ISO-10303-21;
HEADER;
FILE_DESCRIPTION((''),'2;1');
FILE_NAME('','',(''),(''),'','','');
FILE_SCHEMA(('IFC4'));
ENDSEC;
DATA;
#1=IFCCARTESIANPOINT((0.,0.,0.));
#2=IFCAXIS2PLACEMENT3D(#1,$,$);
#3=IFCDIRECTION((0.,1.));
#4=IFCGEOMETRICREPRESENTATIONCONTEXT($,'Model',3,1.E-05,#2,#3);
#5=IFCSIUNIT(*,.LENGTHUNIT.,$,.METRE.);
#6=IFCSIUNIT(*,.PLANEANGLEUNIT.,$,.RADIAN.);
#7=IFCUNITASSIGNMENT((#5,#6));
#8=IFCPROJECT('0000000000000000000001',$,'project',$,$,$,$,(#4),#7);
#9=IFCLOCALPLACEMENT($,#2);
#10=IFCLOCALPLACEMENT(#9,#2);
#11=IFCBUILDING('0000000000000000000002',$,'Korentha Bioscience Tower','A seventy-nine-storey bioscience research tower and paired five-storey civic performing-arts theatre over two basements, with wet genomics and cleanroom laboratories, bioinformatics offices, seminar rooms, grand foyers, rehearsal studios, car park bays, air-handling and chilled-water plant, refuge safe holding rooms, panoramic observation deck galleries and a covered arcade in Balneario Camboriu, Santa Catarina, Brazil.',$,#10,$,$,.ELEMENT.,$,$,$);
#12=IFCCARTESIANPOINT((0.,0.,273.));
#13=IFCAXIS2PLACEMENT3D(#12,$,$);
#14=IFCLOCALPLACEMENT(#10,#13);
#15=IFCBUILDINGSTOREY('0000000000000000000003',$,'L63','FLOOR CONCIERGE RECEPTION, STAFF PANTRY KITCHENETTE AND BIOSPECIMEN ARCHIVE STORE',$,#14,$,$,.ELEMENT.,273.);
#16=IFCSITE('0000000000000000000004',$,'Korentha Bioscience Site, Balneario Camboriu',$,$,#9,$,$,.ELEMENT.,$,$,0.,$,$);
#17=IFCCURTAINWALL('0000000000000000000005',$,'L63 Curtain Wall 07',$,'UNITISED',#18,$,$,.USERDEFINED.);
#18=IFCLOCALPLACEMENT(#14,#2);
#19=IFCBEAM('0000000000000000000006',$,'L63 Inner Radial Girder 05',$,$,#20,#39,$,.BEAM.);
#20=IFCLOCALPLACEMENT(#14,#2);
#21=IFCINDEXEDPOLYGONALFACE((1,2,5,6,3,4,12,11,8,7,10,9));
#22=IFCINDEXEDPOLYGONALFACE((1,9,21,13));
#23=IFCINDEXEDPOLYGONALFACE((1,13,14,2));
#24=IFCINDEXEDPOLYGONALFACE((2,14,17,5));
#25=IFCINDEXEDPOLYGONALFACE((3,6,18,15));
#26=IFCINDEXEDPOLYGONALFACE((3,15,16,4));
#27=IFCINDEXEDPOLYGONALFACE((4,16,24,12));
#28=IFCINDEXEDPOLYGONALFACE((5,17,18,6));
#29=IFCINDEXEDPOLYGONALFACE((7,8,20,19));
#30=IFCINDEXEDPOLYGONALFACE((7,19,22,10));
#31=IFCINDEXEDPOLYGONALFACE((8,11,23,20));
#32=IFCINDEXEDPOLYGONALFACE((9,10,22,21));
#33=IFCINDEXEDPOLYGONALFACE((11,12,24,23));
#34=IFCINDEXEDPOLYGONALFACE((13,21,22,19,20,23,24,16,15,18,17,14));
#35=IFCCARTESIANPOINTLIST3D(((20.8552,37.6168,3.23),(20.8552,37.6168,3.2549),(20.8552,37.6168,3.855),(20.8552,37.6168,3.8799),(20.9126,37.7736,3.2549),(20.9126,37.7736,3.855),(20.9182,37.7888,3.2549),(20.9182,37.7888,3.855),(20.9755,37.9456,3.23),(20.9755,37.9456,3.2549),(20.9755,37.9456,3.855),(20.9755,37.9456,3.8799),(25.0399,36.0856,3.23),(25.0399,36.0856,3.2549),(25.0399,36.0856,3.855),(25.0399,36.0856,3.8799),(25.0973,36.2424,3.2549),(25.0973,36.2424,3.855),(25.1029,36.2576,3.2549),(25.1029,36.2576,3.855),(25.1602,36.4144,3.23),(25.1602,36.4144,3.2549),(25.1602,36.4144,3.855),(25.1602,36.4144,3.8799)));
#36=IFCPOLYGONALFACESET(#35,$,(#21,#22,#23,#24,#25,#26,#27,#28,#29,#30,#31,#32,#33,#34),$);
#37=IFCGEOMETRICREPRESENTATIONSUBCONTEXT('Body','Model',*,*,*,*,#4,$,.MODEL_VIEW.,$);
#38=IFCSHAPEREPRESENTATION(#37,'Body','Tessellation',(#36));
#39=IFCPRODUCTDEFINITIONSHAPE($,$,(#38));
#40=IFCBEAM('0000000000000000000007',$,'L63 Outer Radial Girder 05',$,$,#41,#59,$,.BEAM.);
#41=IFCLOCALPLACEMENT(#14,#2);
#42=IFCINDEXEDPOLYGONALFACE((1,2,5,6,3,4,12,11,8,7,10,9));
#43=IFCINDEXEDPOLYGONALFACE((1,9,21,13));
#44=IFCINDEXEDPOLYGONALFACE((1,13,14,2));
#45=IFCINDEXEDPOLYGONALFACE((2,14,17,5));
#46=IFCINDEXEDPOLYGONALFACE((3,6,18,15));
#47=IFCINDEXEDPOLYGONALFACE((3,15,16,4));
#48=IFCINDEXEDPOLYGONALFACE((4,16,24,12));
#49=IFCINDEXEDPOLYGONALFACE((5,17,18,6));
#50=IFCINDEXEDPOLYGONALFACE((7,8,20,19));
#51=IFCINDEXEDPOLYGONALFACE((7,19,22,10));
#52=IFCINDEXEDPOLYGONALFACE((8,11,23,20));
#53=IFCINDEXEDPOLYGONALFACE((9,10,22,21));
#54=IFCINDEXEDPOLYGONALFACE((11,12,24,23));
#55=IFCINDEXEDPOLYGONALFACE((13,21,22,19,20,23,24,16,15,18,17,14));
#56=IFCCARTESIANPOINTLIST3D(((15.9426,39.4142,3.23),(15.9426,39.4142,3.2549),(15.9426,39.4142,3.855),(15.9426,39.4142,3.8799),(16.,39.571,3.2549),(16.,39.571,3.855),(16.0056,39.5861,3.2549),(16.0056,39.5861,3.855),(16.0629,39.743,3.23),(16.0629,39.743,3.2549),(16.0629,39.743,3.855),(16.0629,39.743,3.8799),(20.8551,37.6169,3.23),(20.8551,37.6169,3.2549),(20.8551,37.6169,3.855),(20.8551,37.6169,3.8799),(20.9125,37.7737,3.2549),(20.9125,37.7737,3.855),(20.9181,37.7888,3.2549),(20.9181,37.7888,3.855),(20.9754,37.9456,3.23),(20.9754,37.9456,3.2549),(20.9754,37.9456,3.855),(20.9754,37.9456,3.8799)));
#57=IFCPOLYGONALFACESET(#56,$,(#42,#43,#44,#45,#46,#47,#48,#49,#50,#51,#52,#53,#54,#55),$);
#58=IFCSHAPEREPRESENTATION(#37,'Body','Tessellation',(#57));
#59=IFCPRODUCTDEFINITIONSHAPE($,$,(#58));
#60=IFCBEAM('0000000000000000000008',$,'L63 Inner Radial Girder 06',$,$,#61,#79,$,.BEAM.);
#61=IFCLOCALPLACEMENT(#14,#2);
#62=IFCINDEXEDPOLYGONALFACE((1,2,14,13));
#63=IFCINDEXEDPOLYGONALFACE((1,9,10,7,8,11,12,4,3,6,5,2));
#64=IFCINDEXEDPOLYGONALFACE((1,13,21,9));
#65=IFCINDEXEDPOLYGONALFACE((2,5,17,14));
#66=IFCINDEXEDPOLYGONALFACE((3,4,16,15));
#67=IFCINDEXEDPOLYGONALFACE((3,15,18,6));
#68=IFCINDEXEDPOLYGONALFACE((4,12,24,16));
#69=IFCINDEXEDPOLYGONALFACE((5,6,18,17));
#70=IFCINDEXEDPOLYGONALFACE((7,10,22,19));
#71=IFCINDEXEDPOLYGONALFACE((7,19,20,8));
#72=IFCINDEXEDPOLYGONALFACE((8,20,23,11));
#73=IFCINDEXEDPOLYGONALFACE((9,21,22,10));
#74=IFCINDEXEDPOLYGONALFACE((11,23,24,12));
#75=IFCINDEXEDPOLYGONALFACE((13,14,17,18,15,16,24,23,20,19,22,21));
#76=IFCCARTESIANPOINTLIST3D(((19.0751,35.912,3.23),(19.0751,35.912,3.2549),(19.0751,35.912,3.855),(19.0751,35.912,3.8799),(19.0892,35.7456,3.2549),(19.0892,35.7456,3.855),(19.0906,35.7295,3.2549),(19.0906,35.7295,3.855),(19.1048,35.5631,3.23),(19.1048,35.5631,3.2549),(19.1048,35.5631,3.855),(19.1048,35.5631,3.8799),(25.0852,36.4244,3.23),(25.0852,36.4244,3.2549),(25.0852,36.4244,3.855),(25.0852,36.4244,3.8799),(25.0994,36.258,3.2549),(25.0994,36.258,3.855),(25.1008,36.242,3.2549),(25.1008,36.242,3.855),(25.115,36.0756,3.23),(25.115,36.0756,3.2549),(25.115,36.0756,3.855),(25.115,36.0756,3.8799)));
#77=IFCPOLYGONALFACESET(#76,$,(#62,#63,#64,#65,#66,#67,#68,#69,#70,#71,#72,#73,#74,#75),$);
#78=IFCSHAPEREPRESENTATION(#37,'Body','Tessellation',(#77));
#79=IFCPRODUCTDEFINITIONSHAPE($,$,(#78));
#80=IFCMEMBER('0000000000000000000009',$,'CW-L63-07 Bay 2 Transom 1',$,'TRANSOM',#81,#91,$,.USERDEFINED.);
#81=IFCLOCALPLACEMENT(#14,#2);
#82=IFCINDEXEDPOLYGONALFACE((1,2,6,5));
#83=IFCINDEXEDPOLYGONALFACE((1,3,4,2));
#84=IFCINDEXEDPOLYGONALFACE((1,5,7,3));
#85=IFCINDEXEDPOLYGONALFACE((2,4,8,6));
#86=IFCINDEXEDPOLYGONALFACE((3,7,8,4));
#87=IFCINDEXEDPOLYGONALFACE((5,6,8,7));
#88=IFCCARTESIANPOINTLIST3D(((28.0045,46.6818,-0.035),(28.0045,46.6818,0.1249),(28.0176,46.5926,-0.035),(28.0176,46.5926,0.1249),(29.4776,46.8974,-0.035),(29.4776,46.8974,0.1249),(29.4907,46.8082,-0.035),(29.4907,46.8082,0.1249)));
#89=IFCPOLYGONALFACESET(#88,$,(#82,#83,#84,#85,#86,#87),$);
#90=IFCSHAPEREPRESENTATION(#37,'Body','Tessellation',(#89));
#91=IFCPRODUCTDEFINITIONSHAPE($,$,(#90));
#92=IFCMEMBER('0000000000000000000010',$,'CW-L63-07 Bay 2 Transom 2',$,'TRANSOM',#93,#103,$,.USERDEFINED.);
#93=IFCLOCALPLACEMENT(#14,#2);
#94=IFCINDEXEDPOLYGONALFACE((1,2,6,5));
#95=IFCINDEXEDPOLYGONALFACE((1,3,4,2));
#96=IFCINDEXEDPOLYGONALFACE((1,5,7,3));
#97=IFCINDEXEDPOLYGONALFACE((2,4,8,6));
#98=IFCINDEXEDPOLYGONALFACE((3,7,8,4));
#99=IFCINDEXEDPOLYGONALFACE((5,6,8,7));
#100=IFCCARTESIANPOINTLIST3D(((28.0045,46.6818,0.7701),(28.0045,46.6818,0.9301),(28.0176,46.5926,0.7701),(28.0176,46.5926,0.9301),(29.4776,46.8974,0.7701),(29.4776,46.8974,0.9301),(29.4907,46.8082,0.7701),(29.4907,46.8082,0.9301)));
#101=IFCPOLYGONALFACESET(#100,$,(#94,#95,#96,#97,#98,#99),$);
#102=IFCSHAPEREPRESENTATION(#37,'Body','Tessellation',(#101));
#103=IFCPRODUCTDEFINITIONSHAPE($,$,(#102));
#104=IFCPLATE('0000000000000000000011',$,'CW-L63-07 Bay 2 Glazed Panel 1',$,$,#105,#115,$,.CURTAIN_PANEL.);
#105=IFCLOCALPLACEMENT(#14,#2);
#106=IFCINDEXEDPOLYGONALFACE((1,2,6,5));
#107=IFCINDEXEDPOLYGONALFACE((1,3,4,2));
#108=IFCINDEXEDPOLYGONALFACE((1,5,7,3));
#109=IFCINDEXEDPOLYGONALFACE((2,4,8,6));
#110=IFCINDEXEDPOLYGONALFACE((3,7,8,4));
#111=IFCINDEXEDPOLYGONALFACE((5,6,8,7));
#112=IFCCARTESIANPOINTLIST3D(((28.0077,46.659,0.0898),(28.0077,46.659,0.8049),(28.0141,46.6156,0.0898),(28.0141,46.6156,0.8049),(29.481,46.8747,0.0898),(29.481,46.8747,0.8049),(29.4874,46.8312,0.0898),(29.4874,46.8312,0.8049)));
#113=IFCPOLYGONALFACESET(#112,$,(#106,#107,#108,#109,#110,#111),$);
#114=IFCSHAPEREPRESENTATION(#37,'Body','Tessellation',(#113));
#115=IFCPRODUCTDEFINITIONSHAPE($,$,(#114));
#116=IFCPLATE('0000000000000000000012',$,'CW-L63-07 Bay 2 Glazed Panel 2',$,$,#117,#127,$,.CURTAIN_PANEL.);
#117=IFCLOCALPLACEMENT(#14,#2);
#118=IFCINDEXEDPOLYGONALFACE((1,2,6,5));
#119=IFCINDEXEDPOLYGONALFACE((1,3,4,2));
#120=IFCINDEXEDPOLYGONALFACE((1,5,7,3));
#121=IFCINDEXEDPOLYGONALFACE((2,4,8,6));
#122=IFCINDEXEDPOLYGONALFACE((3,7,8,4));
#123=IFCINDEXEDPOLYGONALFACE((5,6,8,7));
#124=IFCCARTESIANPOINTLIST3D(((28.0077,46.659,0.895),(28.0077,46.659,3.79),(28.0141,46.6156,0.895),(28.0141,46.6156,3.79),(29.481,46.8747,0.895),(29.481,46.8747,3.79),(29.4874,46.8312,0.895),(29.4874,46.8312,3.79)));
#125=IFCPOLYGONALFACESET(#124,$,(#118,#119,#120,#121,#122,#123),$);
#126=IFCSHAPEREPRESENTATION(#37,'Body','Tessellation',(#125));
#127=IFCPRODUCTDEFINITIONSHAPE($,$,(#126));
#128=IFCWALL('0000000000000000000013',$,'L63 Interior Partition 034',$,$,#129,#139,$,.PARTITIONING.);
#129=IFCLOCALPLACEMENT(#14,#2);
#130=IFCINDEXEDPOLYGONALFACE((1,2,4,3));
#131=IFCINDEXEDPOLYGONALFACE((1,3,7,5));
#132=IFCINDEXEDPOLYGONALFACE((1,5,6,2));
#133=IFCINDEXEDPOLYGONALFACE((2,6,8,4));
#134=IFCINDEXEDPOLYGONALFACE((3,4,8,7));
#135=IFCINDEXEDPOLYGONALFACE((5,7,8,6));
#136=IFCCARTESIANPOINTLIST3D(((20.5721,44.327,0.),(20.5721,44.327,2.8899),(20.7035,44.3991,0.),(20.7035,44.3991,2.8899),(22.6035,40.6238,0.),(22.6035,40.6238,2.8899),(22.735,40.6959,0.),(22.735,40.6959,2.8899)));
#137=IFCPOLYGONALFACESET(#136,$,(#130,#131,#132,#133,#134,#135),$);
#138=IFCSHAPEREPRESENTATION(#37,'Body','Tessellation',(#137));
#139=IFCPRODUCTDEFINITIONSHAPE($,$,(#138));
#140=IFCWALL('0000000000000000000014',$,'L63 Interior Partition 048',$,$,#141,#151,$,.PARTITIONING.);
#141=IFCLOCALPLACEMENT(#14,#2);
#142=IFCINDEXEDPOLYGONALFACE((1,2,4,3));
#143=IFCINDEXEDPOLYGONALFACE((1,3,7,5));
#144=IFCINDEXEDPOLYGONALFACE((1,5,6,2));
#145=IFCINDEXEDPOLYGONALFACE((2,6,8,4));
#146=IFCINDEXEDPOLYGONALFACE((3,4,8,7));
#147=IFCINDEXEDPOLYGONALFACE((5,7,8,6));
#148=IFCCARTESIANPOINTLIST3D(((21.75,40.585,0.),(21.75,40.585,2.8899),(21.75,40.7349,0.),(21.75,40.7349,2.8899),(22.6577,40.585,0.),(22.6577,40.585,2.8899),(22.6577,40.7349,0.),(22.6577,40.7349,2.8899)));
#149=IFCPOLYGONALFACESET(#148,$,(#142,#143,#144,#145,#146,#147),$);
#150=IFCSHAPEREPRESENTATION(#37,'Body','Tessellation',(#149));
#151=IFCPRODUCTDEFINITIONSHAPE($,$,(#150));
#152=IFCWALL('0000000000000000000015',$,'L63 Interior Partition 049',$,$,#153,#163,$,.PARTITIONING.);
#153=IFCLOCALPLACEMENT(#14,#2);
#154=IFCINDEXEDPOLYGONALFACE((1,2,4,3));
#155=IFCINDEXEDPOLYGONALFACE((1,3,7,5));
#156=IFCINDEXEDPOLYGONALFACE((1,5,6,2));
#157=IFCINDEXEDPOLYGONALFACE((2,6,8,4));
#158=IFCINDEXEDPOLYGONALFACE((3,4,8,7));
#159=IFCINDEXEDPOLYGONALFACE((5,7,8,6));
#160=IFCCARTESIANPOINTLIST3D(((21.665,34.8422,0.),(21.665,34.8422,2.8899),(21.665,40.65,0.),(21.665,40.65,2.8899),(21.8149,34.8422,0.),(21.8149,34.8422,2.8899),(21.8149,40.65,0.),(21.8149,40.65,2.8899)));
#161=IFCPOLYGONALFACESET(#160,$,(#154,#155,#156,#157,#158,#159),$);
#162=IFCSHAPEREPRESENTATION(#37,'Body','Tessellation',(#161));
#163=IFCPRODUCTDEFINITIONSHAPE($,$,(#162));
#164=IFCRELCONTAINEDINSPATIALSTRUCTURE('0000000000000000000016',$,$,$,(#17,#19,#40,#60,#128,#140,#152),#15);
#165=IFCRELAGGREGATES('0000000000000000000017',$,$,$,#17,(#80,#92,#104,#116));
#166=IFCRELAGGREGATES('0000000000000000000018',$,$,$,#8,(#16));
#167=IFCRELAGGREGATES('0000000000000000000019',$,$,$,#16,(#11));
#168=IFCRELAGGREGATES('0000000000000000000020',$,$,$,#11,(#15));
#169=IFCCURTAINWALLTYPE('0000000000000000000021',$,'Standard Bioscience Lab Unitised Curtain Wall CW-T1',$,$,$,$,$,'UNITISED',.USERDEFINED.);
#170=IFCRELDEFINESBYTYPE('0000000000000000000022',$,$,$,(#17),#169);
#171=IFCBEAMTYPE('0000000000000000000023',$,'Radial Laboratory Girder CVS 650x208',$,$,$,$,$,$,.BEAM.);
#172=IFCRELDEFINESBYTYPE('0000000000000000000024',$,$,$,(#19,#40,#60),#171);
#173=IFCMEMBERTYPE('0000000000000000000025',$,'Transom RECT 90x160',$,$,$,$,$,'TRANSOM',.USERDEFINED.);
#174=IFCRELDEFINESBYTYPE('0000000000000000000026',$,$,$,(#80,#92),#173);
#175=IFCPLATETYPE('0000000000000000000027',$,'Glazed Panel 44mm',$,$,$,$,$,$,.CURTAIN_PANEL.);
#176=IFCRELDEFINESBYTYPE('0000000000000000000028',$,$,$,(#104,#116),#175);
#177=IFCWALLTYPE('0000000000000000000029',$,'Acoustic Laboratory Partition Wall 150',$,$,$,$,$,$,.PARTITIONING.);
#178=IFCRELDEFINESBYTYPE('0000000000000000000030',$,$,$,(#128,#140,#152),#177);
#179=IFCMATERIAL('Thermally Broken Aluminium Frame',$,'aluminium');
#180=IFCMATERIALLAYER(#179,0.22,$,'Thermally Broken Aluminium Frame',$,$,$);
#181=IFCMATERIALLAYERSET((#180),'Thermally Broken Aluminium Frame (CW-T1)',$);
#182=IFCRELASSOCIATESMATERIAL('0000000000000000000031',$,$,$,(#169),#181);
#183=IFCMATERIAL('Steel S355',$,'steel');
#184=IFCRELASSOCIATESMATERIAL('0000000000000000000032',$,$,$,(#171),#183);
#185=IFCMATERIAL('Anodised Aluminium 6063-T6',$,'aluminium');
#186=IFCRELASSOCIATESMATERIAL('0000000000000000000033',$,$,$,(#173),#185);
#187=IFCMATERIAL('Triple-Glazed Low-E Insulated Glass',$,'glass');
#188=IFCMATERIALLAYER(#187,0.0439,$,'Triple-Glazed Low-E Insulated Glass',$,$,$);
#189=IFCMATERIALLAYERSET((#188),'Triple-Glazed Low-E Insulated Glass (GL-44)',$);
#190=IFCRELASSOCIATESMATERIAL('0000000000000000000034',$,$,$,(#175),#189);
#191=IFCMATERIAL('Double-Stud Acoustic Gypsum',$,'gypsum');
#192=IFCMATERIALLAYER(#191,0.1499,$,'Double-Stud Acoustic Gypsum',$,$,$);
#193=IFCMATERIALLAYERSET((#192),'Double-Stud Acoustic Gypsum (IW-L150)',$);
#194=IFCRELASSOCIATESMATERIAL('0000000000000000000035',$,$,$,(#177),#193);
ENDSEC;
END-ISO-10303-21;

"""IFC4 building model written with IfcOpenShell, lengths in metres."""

from ifc_helpers import new_model, si_unit, direction, frame, frame_2d, origin, origin_2d, place, context, subcontext, project, spatial, rectangle, i_section, extrude, material, layer, layer_set, material_profile, profile_set, type_object, element, aggregate, save


model = new_model("IFC4")

# Units and contexts
model_context = context("Model", 3, precision=1e-05, world=origin(), true_north=direction((0.0, 1.0)))
body_context = subcontext(model_context, "Body", "Model", "MODEL_VIEW")
ifc_project = project(units=[si_unit("LENGTHUNIT", "METRE"), si_unit("PLANEANGLEUNIT", "RADIAN")], contexts=[model_context])

# Site, building, storey
site_placement = place(None, origin())
site = spatial("IfcSite", under=ifc_project, at=site_placement, Name="Korentha Bioscience Site, Balneario Camboriu", CompositionType="ELEMENT", RefElevation=0.0)
building_placement = place(site_placement, origin())
building = spatial("IfcBuilding", under=site, at=building_placement, Name="Korentha Bioscience Tower", Description="A seventy-nine-storey bioscience research tower and paired five-storey civic performing-arts theatre over two basements, with wet genomics and cleanroom laboratories, bioinformatics offices, seminar rooms, grand foyers, rehearsal studios, car park bays, air-handling and chilled-water plant, refuge safe holding rooms, panoramic observation deck galleries and a covered arcade in Balneario Camboriu, Santa Catarina, Brazil.", CompositionType="ELEMENT")
storey_placement = place(building_placement, frame((0.0, 0.0, 273.0)))
storey = spatial("IfcBuildingStorey", under=building, at=storey_placement, Name="L63", Description="FLOOR CONCIERGE RECEPTION, STAFF PANTRY KITCHENETTE AND BIOSPECIMEN ARCHIVE STORE", CompositionType="ELEMENT", Elevation=273.0)

# Shared definitions
ifc_material_1 = material(Name="Steel S355", Category="steel")

# Curtain wall
ifc_material_2 = material(Name="Thermally Broken Aluminium Frame", Category="aluminium")
ifc_layer_1 = layer(ifc_material_2, 0.22, Name="Thermally Broken Aluminium Frame")
ifc_layer_set_1 = layer_set([ifc_layer_1], Name="Thermally Broken Aluminium Frame (CW-T1)")
curtain_wall_type = type_object("IfcCurtainWallType", Name="Standard Bioscience Lab Unitised Curtain Wall CW-T1", ElementType="UNITISED", PredefinedType="USERDEFINED", material=ifc_layer_set_1)
curtain_wall_placement = place(storey_placement, origin())
curtain_wall = element("IfcCurtainWall", 1, at=curtain_wall_placement, inside=storey, type_object=curtain_wall_type, Name="L63 Curtain Wall 07", ObjectType="UNITISED", PredefinedType="USERDEFINED")
ifc_material_3 = material(Name="Anodised Aluminium 6063-T6", Category="aluminium")

# Beams
ifc_material_profile_1 = material_profile(ifc_material_1, i_section(OverallWidth=0.3501, OverallDepth=0.6499, WebThickness=0.0161, FlangeThickness=0.0249, at=origin_2d()), Name="Steel S355")
ifc_profile_set_1 = profile_set([ifc_material_profile_1], Name="Steel S355 (RB-650)")
beam_type_1 = type_object("IfcBeamType", Name="Radial Laboratory Girder CVS 650x208", PredefinedType="BEAM", material=ifc_profile_set_1)
beam_1_placement = place(storey_placement, frame((25.1001, 36.25, 3.5549), z_axis=(-0.939107, 0.343625, 0.0), x_axis=(-0.343625, -0.939107, 0.0)))
element("IfcBeam", 2, at=beam_1_placement, inside=storey, type_object=beam_type_1, Name="L63 Inner Radial Girder 05", PredefinedType="BEAM", context=body_context, shape_type="SweptSolid", body=[
    extrude(i_section(OverallWidth=0.3501, OverallDepth=0.6499, WebThickness=0.0161, FlangeThickness=0.0249, at=origin_2d()), origin(), (0.0, 0.0, 1.0), 4.4561),
])
beam_2_placement = place(storey_placement, frame((20.9153, 37.7812, 3.5549), z_axis=(-0.939118, 0.343594, 0.0), x_axis=(-0.343594, -0.939118, 0.0)))
element("IfcBeam", 3, at=beam_2_placement, inside=storey, type_object=beam_type_1, Name="L63 Outer Radial Girder 05", PredefinedType="BEAM", context=body_context, shape_type="SweptSolid", body=[
    extrude(i_section(OverallWidth=0.3501, OverallDepth=0.6499, WebThickness=0.0161, FlangeThickness=0.0249, at=origin_2d()), origin(), (0.0, 0.0, 1.0), 5.231),
])
beam_3_placement = place(storey_placement, frame((25.1001, 36.25, 3.5549), z_axis=(-0.996385, -0.084955, 0.0), x_axis=(0.084955, -0.996385, 0.0)))
element("IfcBeam", 4, at=beam_3_placement, inside=storey, type_object=beam_type_1, Name="L63 Inner Radial Girder 06", PredefinedType="BEAM", context=body_context, shape_type="SweptSolid", body=[
    extrude(i_section(OverallWidth=0.3501, OverallDepth=0.6499, WebThickness=0.0161, FlangeThickness=0.0249, at=origin_2d()), origin(), (0.0, 0.0, 1.0), 6.032),
])

# Members
ifc_material_profile_2 = material_profile(ifc_material_3, rectangle(XDim=0.0901, YDim=0.1599, at=origin_2d()), Name="Anodised Aluminium 6063-T6")
ifc_profile_set_2 = profile_set([ifc_material_profile_2], Name="Anodised Aluminium 6063-T6 (CW-TRN)")
member_type_1 = type_object("IfcMemberType", Name="Transom RECT 90x160", ElementType="TRANSOM", PredefinedType="USERDEFINED", material=ifc_profile_set_2)
member_1_placement = place(storey_placement, frame((29.4841, 46.8528, 0.0449), z_axis=(-0.989462, -0.144795, 0.0), x_axis=(0.144795, -0.989462, 0.0)))
member_1 = element("IfcMember", 5, at=member_1_placement, type_object=member_type_1, Name="CW-L63-07 Bay 2 Transom 1", ObjectType="TRANSOM", PredefinedType="USERDEFINED", context=body_context, shape_type="SweptSolid", body=[
    extrude(rectangle(XDim=0.0901, YDim=0.1599, at=origin_2d()), origin(), (0.0, 0.0, 1.0), 1.4888),
])
member_2_placement = place(storey_placement, frame((29.4841, 46.8528, 0.8501), z_axis=(-0.989462, -0.144795, 0.0), x_axis=(0.144795, -0.989462, 0.0)))
member_2 = element("IfcMember", 6, at=member_2_placement, type_object=member_type_1, Name="CW-L63-07 Bay 2 Transom 2", ObjectType="TRANSOM", PredefinedType="USERDEFINED", context=body_context, shape_type="SweptSolid", body=[
    extrude(rectangle(XDim=0.0901, YDim=0.1599, at=origin_2d()), origin(), (0.0, 0.0, 1.0), 1.4888),
])

# Plates
ifc_material_4 = material(Name="Triple-Glazed Low-E Insulated Glass", Category="glass")
ifc_layer_2 = layer(ifc_material_4, 0.0439, Name="Triple-Glazed Low-E Insulated Glass")
ifc_layer_set_2 = layer_set([ifc_layer_2], Name="Triple-Glazed Low-E Insulated Glass (GL-44)")
plate_type = type_object("IfcPlateType", Name="Glazed Panel 44mm", PredefinedType="CURTAIN_PANEL", material=ifc_layer_set_2)
plate_1_placement = place(storey_placement, frame((28.7476, 46.7451, 0.0898), z_axis=(0.0, 0.0, 1.0), x_axis=(-0.98946, -0.144809, 0.0)))
plate_1 = element("IfcPlate", 7, at=plate_1_placement, type_object=plate_type, Name="CW-L63-07 Bay 2 Glazed Panel 1", PredefinedType="CURTAIN_PANEL", context=body_context, shape_type="SweptSolid", body=[
    extrude(rectangle(XDim=1.489, YDim=0.0439, at=origin_2d()), origin(), (0.0, 0.0, 1.0), 0.7151),
])
plate_2_placement = place(storey_placement, frame((28.7476, 46.7451, 0.895), z_axis=(0.0, 0.0, 1.0), x_axis=(-0.98946, -0.144809, 0.0)))
plate_2 = element("IfcPlate", 8, at=plate_2_placement, type_object=plate_type, Name="CW-L63-07 Bay 2 Glazed Panel 2", PredefinedType="CURTAIN_PANEL", context=body_context, shape_type="SweptSolid", body=[
    extrude(rectangle(XDim=1.489, YDim=0.0439, at=origin_2d()), origin(), (0.0, 0.0, 1.0), 2.895),
])
aggregate(curtain_wall, [member_1, member_2, plate_1, plate_2])

# Walls
ifc_material_5 = material(Name="Double-Stud Acoustic Gypsum", Category="gypsum")
ifc_layer_3 = layer(ifc_material_5, 0.1499, Name="Double-Stud Acoustic Gypsum")
ifc_layer_set_3 = layer_set([ifc_layer_3], Name="Double-Stud Acoustic Gypsum (IW-L150)")
wall_type_1 = type_object("IfcWallType", Name="Acoustic Laboratory Partition Wall 150", PredefinedType="PARTITIONING", material=ifc_layer_set_3)
wall_1_placement = place(storey_placement, frame((22.6692, 40.6599, 0.0), z_axis=(0.0, 0.0, 1.0), x_axis=(-0.480944, 0.876751, 0.0)))
element("IfcWall", 9, at=wall_1_placement, inside=storey, type_object=wall_type_1, Name="L63 Interior Partition 034", PredefinedType="PARTITIONING", context=body_context, shape_type="SweptSolid", body=[
    extrude(rectangle(XDim=4.2239, YDim=0.1499, at=frame_2d((2.1118, 0.0))), origin(), (0.0, 0.0, 1.0), 2.8899),
])
wall_2_placement = place(storey_placement, frame((22.6577, 40.6599, 0.0), z_axis=(0.0, 0.0, 1.0), x_axis=(-1.0, 0.0, 0.0)))
element("IfcWall", 10, at=wall_2_placement, inside=storey, type_object=wall_type_1, Name="L63 Interior Partition 048", PredefinedType="PARTITIONING", context=body_context, shape_type="SweptSolid", body=[
    extrude(rectangle(XDim=0.9077, YDim=0.1499, at=frame_2d((0.4539, 0.0))), origin(), (0.0, 0.0, 1.0), 2.8899),
])
wall_3_placement = place(storey_placement, frame((21.74, 40.6499, 0.0), z_axis=(0.0, 0.0, 1.0), x_axis=(0.0, -1.0, 0.0)))
element("IfcWall", 11, at=wall_3_placement, inside=storey, type_object=wall_type_1, Name="L63 Interior Partition 049", PredefinedType="PARTITIONING", context=body_context, shape_type="SweptSolid", body=[
    extrude(rectangle(XDim=5.8079, YDim=0.1499, at=frame_2d((2.9038, 0.0))), origin(), (0.0, 0.0, 1.0), 2.8899),
])

save(model, "model.ifc")
